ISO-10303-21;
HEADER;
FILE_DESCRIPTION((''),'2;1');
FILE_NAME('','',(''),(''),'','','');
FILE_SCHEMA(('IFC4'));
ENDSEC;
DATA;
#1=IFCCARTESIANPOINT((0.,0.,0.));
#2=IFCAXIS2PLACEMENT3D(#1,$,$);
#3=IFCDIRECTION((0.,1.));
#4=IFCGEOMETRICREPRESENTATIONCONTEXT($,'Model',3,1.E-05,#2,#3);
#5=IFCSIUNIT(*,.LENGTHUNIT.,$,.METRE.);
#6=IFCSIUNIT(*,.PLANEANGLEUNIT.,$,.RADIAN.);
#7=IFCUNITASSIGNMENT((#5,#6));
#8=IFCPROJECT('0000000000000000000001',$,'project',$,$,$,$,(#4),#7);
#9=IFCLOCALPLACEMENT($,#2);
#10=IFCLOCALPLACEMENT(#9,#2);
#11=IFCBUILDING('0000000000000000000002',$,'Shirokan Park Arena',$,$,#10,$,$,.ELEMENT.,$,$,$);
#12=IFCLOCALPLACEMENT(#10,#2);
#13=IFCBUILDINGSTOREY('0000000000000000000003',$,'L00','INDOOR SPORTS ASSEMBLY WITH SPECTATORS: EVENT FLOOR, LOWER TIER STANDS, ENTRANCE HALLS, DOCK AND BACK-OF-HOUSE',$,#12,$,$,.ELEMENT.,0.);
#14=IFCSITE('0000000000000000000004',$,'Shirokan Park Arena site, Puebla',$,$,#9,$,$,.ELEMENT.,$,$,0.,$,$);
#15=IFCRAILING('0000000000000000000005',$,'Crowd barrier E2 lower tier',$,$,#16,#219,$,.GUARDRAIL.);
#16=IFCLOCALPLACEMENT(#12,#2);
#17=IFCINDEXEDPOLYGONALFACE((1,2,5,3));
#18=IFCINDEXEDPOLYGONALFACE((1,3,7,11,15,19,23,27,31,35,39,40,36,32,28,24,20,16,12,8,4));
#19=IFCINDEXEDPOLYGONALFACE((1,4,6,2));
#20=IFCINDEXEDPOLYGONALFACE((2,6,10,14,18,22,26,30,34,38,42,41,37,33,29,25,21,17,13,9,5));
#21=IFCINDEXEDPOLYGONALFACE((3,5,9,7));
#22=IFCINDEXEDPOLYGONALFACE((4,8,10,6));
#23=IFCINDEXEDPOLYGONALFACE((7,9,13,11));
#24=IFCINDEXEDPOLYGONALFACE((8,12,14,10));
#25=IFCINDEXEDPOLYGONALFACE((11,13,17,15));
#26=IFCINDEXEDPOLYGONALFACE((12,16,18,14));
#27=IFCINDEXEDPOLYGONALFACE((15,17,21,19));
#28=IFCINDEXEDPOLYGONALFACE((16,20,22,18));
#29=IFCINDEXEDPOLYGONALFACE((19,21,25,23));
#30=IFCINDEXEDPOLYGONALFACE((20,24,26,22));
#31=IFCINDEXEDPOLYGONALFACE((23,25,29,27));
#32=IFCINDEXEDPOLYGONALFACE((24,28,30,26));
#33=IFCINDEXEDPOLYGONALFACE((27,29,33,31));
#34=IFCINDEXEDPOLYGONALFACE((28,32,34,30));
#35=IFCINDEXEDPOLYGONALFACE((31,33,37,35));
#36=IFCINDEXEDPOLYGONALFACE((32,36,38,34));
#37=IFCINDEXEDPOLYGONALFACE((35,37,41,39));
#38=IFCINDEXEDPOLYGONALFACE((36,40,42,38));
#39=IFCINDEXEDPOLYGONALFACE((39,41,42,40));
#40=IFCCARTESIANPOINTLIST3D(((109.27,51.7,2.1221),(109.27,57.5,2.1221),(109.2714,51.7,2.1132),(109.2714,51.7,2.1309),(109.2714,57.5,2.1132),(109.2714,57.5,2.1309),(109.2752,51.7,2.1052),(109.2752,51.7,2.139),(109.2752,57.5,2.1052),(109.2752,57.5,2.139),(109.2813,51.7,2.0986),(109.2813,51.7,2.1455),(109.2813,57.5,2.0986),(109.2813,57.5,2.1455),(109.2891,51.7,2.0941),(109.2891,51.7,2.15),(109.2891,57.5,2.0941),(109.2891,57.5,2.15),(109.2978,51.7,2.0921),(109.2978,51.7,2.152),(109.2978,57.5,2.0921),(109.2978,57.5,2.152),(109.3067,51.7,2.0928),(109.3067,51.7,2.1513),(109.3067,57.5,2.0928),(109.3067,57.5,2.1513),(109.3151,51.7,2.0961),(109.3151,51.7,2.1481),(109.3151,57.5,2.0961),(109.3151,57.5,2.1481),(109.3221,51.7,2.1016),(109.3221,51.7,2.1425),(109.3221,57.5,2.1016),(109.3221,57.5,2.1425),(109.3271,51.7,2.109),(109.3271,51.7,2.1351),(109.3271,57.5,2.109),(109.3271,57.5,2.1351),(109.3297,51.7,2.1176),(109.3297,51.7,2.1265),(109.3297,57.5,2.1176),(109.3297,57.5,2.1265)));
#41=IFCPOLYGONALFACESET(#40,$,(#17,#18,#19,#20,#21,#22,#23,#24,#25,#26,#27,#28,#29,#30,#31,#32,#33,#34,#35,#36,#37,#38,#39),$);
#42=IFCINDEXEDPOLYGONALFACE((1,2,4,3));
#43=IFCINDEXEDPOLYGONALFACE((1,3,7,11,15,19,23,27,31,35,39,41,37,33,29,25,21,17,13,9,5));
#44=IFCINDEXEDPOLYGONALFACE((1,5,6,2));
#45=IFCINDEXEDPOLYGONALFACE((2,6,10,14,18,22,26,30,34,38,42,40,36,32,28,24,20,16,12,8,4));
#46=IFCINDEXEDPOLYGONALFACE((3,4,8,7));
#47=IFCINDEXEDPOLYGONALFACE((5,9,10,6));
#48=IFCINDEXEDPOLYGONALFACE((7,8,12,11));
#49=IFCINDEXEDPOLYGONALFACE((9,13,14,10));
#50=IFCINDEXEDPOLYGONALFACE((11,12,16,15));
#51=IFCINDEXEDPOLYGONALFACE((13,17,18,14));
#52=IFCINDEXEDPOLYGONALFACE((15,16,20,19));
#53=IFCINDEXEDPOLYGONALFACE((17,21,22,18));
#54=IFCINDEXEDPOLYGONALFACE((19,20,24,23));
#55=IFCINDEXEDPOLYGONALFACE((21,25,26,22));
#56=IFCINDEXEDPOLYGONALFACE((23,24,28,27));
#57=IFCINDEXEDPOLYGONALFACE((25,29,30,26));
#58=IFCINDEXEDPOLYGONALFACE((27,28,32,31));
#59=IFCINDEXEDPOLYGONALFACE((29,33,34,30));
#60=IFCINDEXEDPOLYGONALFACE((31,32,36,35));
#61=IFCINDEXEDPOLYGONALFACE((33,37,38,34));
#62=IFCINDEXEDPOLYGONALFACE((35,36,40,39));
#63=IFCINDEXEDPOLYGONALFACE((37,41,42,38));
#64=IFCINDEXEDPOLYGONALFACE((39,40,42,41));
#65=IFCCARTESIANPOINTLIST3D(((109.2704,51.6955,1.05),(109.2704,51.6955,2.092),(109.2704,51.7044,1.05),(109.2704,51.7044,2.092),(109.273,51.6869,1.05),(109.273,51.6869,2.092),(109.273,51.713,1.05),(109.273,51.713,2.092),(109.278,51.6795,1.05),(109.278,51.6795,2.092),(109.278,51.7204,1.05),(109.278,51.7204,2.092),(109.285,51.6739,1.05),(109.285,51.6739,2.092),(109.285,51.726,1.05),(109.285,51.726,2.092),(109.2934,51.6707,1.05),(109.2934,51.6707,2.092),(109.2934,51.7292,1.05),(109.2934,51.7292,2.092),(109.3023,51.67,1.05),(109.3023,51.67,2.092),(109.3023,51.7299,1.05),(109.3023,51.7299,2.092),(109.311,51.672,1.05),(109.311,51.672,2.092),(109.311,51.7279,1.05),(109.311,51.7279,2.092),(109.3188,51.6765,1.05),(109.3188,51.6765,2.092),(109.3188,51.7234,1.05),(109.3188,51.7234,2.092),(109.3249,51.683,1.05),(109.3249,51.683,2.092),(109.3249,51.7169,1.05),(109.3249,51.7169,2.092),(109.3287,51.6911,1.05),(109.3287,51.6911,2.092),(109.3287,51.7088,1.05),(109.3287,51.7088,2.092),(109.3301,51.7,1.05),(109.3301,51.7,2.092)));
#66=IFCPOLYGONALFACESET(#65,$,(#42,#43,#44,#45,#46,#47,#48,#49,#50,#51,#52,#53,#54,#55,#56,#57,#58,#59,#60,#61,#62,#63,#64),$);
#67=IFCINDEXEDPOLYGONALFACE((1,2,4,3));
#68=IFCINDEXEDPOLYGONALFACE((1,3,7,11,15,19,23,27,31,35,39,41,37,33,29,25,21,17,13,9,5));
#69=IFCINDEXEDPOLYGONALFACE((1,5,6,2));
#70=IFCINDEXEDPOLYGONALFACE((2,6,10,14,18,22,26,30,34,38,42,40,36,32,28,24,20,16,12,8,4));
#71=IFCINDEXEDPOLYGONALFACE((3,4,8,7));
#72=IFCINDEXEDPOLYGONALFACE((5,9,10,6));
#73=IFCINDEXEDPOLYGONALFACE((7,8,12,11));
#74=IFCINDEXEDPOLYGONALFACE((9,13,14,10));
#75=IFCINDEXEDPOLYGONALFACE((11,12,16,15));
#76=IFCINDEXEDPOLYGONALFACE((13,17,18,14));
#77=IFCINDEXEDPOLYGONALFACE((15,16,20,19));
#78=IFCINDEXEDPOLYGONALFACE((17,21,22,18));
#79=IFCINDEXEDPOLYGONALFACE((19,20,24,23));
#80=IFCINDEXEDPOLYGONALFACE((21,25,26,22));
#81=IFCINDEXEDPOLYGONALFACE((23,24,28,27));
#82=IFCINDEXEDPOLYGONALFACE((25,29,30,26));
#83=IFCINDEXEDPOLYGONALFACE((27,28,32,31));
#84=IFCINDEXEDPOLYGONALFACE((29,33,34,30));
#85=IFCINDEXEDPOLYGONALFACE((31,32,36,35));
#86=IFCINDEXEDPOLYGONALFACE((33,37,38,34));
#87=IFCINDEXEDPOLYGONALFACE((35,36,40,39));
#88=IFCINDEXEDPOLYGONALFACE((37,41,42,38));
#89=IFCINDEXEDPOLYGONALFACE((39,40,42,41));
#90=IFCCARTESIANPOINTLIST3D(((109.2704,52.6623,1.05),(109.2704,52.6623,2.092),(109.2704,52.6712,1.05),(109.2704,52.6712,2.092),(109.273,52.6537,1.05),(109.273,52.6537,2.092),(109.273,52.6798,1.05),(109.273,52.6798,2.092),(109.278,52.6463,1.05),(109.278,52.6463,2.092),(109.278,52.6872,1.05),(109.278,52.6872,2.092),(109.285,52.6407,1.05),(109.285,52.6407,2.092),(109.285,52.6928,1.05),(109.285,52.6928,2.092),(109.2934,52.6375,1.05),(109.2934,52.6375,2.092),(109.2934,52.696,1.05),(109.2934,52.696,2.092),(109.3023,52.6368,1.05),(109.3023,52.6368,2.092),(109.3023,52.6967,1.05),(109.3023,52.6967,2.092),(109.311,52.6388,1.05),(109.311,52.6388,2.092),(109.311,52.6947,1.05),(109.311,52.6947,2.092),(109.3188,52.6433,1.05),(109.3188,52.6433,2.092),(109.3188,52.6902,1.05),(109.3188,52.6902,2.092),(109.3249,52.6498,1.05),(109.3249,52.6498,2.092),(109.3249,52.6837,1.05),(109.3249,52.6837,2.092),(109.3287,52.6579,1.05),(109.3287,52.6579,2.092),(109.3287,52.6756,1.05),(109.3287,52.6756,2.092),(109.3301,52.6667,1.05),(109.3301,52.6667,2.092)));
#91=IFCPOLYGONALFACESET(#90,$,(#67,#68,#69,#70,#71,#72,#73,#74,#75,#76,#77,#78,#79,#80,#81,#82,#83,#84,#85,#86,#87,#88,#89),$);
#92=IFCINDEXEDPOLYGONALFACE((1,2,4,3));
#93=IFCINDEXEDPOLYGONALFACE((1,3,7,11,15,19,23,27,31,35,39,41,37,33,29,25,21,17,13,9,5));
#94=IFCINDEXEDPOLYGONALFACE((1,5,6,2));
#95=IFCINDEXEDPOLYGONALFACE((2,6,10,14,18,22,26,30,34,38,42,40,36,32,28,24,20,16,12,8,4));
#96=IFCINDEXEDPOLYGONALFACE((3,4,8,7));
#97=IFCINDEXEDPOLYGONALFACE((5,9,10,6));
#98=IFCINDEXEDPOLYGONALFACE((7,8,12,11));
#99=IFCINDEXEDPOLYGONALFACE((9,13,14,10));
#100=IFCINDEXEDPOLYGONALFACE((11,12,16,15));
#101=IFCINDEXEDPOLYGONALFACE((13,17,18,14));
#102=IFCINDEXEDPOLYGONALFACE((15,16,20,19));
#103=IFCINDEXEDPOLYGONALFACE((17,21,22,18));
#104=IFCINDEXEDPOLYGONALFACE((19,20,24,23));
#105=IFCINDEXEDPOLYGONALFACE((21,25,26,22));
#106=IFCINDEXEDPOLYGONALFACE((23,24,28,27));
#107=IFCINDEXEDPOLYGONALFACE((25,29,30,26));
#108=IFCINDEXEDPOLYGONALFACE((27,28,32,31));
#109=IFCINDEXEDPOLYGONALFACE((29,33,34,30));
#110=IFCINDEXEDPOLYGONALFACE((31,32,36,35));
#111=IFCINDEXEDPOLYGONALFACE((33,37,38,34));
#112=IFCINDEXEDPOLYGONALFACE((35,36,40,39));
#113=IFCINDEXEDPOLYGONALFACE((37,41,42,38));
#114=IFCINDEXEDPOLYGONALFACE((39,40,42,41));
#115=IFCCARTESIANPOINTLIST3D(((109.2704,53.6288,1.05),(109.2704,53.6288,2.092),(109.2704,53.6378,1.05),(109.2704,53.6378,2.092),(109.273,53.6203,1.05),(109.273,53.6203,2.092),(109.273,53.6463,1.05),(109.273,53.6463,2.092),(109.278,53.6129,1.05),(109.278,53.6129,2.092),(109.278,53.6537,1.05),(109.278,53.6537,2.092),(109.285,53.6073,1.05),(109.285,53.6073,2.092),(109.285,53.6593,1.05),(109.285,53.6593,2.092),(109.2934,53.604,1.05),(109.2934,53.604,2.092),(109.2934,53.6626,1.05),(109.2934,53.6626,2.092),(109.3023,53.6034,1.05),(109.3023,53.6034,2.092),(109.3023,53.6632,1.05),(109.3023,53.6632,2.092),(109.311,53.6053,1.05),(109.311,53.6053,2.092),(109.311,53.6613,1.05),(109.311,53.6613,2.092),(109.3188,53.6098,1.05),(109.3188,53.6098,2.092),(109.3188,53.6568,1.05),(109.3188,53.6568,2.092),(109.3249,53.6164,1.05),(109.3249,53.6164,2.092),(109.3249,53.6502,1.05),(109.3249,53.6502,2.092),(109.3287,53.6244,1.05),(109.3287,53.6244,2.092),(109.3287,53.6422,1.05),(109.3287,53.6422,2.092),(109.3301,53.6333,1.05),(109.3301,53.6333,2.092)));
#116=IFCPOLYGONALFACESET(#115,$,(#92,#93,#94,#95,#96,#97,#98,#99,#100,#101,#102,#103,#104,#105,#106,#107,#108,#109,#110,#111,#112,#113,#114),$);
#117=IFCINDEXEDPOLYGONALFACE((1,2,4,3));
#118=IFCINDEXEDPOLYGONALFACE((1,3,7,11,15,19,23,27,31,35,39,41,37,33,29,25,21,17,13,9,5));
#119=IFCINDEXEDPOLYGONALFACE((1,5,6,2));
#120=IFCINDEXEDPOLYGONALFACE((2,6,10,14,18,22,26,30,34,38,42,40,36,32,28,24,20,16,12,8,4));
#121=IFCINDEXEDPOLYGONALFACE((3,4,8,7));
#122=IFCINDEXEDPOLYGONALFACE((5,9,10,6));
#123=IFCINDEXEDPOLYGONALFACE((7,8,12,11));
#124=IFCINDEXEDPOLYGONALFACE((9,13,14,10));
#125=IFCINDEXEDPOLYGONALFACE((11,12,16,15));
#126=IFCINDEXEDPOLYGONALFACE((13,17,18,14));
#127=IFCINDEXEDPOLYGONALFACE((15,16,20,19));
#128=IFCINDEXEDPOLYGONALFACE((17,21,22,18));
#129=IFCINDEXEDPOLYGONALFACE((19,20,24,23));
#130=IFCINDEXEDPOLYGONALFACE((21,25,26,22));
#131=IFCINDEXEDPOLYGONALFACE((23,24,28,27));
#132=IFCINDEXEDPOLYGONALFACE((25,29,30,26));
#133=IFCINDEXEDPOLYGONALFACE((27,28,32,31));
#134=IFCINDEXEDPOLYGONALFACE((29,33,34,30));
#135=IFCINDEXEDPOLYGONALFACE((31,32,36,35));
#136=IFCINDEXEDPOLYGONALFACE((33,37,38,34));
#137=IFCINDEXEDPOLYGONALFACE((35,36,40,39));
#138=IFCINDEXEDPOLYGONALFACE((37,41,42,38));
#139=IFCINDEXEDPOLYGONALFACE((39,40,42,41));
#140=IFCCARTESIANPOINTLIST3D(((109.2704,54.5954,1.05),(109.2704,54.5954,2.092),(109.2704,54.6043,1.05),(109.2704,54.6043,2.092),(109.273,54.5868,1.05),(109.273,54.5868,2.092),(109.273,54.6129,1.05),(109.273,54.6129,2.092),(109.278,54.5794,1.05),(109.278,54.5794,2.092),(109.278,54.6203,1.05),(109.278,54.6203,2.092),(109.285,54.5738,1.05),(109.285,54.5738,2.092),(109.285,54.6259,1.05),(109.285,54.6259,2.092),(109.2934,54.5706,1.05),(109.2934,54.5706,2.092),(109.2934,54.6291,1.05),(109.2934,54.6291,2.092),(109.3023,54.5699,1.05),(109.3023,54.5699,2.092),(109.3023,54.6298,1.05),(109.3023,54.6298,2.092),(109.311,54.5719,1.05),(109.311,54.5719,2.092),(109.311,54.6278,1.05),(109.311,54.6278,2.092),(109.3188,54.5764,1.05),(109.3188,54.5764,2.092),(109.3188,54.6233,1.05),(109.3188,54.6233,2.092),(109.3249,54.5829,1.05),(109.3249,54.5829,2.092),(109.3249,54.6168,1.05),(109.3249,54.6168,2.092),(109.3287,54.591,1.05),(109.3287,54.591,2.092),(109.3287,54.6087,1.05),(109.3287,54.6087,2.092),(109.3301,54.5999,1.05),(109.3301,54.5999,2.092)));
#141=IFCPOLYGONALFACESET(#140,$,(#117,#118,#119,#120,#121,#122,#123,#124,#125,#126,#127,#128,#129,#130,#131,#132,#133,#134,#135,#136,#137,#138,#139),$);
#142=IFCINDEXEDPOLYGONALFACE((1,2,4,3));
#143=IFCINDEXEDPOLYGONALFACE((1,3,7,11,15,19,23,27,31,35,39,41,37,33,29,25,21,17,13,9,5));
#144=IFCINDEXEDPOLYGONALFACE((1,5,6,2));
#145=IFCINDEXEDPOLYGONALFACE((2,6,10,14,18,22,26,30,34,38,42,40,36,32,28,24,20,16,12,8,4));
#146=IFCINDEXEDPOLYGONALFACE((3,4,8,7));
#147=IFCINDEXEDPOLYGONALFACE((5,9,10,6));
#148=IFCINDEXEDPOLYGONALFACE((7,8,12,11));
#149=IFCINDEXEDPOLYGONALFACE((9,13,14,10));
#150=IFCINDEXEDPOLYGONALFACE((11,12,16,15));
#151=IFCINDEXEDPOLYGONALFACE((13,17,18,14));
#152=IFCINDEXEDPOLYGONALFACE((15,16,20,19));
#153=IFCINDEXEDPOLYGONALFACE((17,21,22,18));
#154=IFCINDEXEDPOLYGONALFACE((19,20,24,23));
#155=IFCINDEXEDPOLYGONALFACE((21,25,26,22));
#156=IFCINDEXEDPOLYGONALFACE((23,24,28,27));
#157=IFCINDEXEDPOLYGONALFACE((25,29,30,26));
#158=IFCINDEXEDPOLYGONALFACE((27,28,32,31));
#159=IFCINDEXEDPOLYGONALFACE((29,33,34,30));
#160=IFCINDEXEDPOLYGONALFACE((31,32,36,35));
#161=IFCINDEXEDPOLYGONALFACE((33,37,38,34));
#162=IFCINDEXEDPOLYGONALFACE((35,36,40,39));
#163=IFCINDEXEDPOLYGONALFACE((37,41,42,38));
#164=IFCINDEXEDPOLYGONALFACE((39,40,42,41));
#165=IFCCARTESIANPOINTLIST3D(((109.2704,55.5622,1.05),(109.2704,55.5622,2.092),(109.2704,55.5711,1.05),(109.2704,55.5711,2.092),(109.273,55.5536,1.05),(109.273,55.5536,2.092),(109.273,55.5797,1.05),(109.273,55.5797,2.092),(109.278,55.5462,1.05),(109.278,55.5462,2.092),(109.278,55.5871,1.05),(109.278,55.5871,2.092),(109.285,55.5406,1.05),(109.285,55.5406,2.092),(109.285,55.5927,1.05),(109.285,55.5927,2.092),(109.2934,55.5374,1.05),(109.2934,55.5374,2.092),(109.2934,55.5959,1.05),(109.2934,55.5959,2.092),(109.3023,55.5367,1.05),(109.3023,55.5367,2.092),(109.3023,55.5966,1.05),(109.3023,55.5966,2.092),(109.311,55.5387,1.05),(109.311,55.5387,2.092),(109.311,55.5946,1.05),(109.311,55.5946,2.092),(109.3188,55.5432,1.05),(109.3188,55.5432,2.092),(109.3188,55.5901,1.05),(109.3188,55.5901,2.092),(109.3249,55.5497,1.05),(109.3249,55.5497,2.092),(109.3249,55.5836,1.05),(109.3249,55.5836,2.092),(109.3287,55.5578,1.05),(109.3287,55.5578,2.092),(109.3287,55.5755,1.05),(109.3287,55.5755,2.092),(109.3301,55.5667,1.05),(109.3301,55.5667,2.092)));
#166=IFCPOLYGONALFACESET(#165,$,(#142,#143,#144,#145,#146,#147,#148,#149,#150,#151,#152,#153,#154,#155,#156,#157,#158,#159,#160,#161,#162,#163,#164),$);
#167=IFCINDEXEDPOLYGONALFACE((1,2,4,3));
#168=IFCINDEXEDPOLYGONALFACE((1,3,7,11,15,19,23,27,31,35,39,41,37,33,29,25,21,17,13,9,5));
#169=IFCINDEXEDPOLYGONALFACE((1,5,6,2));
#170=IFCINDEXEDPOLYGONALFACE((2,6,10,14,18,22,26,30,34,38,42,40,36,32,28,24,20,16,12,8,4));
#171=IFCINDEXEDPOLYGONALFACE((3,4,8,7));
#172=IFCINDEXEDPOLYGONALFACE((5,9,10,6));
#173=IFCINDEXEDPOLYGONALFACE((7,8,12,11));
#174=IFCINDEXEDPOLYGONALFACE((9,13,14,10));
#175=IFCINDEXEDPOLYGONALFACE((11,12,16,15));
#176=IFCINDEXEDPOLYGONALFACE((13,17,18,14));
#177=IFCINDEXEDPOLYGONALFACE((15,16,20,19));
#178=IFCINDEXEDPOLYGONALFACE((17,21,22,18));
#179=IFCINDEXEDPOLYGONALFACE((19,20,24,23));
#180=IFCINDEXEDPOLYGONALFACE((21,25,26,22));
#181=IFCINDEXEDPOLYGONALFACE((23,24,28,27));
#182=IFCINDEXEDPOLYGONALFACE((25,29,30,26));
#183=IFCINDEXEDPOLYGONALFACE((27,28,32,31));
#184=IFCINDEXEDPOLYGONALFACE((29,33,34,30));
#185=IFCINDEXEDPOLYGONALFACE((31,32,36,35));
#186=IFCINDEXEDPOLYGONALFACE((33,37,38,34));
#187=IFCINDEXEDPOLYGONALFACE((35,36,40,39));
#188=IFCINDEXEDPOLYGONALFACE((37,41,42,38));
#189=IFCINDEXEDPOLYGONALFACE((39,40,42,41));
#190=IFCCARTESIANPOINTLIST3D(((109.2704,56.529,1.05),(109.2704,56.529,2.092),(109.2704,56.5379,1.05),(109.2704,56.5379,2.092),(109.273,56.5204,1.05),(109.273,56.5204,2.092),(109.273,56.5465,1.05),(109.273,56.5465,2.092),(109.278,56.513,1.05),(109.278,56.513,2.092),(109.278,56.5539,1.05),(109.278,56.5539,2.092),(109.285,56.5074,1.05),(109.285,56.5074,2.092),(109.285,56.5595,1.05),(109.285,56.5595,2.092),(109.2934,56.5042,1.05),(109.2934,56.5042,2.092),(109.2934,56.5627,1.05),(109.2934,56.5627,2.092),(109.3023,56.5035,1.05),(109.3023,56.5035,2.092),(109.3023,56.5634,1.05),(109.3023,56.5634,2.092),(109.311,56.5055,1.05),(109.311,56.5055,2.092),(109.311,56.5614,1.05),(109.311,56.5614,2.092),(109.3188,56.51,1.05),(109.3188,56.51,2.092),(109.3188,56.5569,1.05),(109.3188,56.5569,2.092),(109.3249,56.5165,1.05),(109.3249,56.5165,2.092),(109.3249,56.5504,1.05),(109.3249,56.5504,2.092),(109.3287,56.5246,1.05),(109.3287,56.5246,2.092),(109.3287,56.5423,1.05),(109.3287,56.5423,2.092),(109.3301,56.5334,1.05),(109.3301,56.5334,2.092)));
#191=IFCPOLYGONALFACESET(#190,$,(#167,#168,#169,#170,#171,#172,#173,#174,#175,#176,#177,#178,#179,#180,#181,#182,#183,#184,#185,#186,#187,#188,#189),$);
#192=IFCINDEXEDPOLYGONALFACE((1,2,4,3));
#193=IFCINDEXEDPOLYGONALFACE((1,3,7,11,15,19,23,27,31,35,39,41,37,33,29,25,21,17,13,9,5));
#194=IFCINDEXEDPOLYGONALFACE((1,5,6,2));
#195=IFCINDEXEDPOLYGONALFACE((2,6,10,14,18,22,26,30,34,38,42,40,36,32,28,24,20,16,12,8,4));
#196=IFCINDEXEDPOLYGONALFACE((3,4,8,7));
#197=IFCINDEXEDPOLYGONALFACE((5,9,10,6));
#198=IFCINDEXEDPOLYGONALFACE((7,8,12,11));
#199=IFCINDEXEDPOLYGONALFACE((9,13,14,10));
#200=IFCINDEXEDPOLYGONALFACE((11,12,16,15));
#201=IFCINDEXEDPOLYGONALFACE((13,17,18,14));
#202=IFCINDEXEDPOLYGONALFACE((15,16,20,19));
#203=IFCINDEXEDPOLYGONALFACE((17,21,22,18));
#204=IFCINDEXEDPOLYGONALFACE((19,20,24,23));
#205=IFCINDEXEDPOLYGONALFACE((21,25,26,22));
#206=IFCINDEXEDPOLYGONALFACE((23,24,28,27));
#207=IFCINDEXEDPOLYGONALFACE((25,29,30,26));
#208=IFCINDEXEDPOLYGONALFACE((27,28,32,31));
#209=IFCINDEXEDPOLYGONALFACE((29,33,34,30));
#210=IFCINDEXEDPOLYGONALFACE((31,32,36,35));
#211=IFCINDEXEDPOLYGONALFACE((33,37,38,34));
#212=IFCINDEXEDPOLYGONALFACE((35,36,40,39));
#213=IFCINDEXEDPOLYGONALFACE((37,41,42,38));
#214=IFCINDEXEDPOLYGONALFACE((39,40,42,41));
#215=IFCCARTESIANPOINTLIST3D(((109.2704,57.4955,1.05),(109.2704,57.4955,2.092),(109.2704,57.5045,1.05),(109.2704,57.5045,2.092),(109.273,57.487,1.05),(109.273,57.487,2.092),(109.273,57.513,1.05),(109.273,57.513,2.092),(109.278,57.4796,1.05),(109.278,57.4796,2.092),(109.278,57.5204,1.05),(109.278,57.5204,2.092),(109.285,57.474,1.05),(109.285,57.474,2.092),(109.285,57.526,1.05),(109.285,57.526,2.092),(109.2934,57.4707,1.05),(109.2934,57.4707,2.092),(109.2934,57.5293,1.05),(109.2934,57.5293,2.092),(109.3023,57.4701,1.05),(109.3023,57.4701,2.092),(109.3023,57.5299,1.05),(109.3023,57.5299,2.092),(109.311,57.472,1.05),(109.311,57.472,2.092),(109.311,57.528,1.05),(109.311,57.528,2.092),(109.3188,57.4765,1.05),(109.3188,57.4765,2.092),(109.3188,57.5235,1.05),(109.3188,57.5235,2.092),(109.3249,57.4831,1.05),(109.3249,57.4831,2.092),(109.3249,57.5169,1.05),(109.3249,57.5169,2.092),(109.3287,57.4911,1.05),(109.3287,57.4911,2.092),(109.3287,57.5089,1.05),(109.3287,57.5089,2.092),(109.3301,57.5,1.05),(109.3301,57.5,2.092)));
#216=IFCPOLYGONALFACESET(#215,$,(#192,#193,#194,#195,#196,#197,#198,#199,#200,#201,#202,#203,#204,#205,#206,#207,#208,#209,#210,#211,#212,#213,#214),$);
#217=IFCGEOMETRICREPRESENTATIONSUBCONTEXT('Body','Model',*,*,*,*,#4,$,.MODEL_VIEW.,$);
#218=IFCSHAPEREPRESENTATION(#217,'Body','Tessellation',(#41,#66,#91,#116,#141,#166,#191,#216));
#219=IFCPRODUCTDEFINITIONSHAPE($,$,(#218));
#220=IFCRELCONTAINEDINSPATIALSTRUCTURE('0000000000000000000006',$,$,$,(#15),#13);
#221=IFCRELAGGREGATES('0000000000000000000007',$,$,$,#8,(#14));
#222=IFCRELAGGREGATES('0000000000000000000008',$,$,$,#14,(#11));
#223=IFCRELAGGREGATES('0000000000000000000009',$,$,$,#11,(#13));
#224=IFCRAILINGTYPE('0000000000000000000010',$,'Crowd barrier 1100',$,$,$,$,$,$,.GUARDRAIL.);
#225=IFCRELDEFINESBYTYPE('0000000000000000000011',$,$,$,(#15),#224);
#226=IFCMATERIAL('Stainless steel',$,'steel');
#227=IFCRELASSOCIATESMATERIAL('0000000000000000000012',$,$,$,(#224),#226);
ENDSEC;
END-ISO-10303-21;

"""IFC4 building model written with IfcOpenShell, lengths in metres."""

from ifc_helpers import new_model, si_unit, direction, frame, origin, origin_2d, place, context, subcontext, project, spatial, circle, extrude, material, type_object, element, save


model = new_model("IFC4")

# Units and contexts
model_context = context("Model", 3, precision=1e-05, world=origin(), true_north=direction((0.0, 1.0)))
body_context = subcontext(model_context, "Body", "Model", "MODEL_VIEW")
ifc_project = project(units=[si_unit("LENGTHUNIT", "METRE"), si_unit("PLANEANGLEUNIT", "RADIAN")], contexts=[model_context])

# Site, building, storey
site_placement = place(None, origin())
site = spatial("IfcSite", under=ifc_project, at=site_placement, Name="Shirokan Park Arena site, Puebla", CompositionType="ELEMENT", RefElevation=0.0)
building_placement = place(site_placement, origin())
building = spatial("IfcBuilding", under=site, at=building_placement, Name="Shirokan Park Arena", CompositionType="ELEMENT")
storey_placement = place(building_placement, origin())
storey = spatial("IfcBuildingStorey", under=building, at=storey_placement, Name="L00", Description="INDOOR SPORTS ASSEMBLY WITH SPECTATORS: EVENT FLOOR, LOWER TIER STANDS, ENTRANCE HALLS, DOCK AND BACK-OF-HOUSE", CompositionType="ELEMENT", Elevation=0.0)

# Railing
ifc_material_1 = material(Name="Stainless steel", Category="steel")
railing_type_1 = type_object("IfcRailingType", Name="Crowd barrier 1100", PredefinedType="GUARDRAIL", material=ifc_material_1)
railing_1_placement = place(storey_placement, frame((109.3, 51.7, 1.05)))
element("IfcRailing", 1, at=railing_1_placement, inside=storey, type_object=railing_type_1, Name="Crowd barrier E2 lower tier", PredefinedType="GUARDRAIL", context=body_context, shape_type="SweptSolid", body=[
    extrude(circle(Radius=0.03, at=origin_2d()), frame((0.0, 0.0, 1.072), z_axis=(0.0, 1.0, 0.0), x_axis=(-1.0, 0.0, 0.0)), (0.0, 0.0, 1.0), 5.8),
    extrude(circle(Radius=0.03, at=origin_2d()), origin(), (0.0, 0.0, 1.0), 1.042),
    extrude(circle(Radius=0.03, at=origin_2d()), frame((0.0, 0.9668, 0.0)), (0.0, 0.0, 1.0), 1.042),
    extrude(circle(Radius=0.03, at=origin_2d()), frame((0.0, 1.9333, 0.0)), (0.0, 0.0, 1.0), 1.042),
    extrude(circle(Radius=0.03, at=origin_2d()), frame((0.0, 2.8999, 0.0)), (0.0, 0.0, 1.0), 1.042),
    extrude(circle(Radius=0.03, at=origin_2d()), frame((0.0, 3.8667, 0.0)), (0.0, 0.0, 1.0), 1.042),
    extrude(circle(Radius=0.03, at=origin_2d()), frame((0.0, 4.8335, 0.0)), (0.0, 0.0, 1.0), 1.042),
    extrude(circle(Radius=0.03, at=origin_2d()), frame((0.0, 5.8, 0.0)), (0.0, 0.0, 1.0), 1.042),
])

save(model, "model.ifc")
